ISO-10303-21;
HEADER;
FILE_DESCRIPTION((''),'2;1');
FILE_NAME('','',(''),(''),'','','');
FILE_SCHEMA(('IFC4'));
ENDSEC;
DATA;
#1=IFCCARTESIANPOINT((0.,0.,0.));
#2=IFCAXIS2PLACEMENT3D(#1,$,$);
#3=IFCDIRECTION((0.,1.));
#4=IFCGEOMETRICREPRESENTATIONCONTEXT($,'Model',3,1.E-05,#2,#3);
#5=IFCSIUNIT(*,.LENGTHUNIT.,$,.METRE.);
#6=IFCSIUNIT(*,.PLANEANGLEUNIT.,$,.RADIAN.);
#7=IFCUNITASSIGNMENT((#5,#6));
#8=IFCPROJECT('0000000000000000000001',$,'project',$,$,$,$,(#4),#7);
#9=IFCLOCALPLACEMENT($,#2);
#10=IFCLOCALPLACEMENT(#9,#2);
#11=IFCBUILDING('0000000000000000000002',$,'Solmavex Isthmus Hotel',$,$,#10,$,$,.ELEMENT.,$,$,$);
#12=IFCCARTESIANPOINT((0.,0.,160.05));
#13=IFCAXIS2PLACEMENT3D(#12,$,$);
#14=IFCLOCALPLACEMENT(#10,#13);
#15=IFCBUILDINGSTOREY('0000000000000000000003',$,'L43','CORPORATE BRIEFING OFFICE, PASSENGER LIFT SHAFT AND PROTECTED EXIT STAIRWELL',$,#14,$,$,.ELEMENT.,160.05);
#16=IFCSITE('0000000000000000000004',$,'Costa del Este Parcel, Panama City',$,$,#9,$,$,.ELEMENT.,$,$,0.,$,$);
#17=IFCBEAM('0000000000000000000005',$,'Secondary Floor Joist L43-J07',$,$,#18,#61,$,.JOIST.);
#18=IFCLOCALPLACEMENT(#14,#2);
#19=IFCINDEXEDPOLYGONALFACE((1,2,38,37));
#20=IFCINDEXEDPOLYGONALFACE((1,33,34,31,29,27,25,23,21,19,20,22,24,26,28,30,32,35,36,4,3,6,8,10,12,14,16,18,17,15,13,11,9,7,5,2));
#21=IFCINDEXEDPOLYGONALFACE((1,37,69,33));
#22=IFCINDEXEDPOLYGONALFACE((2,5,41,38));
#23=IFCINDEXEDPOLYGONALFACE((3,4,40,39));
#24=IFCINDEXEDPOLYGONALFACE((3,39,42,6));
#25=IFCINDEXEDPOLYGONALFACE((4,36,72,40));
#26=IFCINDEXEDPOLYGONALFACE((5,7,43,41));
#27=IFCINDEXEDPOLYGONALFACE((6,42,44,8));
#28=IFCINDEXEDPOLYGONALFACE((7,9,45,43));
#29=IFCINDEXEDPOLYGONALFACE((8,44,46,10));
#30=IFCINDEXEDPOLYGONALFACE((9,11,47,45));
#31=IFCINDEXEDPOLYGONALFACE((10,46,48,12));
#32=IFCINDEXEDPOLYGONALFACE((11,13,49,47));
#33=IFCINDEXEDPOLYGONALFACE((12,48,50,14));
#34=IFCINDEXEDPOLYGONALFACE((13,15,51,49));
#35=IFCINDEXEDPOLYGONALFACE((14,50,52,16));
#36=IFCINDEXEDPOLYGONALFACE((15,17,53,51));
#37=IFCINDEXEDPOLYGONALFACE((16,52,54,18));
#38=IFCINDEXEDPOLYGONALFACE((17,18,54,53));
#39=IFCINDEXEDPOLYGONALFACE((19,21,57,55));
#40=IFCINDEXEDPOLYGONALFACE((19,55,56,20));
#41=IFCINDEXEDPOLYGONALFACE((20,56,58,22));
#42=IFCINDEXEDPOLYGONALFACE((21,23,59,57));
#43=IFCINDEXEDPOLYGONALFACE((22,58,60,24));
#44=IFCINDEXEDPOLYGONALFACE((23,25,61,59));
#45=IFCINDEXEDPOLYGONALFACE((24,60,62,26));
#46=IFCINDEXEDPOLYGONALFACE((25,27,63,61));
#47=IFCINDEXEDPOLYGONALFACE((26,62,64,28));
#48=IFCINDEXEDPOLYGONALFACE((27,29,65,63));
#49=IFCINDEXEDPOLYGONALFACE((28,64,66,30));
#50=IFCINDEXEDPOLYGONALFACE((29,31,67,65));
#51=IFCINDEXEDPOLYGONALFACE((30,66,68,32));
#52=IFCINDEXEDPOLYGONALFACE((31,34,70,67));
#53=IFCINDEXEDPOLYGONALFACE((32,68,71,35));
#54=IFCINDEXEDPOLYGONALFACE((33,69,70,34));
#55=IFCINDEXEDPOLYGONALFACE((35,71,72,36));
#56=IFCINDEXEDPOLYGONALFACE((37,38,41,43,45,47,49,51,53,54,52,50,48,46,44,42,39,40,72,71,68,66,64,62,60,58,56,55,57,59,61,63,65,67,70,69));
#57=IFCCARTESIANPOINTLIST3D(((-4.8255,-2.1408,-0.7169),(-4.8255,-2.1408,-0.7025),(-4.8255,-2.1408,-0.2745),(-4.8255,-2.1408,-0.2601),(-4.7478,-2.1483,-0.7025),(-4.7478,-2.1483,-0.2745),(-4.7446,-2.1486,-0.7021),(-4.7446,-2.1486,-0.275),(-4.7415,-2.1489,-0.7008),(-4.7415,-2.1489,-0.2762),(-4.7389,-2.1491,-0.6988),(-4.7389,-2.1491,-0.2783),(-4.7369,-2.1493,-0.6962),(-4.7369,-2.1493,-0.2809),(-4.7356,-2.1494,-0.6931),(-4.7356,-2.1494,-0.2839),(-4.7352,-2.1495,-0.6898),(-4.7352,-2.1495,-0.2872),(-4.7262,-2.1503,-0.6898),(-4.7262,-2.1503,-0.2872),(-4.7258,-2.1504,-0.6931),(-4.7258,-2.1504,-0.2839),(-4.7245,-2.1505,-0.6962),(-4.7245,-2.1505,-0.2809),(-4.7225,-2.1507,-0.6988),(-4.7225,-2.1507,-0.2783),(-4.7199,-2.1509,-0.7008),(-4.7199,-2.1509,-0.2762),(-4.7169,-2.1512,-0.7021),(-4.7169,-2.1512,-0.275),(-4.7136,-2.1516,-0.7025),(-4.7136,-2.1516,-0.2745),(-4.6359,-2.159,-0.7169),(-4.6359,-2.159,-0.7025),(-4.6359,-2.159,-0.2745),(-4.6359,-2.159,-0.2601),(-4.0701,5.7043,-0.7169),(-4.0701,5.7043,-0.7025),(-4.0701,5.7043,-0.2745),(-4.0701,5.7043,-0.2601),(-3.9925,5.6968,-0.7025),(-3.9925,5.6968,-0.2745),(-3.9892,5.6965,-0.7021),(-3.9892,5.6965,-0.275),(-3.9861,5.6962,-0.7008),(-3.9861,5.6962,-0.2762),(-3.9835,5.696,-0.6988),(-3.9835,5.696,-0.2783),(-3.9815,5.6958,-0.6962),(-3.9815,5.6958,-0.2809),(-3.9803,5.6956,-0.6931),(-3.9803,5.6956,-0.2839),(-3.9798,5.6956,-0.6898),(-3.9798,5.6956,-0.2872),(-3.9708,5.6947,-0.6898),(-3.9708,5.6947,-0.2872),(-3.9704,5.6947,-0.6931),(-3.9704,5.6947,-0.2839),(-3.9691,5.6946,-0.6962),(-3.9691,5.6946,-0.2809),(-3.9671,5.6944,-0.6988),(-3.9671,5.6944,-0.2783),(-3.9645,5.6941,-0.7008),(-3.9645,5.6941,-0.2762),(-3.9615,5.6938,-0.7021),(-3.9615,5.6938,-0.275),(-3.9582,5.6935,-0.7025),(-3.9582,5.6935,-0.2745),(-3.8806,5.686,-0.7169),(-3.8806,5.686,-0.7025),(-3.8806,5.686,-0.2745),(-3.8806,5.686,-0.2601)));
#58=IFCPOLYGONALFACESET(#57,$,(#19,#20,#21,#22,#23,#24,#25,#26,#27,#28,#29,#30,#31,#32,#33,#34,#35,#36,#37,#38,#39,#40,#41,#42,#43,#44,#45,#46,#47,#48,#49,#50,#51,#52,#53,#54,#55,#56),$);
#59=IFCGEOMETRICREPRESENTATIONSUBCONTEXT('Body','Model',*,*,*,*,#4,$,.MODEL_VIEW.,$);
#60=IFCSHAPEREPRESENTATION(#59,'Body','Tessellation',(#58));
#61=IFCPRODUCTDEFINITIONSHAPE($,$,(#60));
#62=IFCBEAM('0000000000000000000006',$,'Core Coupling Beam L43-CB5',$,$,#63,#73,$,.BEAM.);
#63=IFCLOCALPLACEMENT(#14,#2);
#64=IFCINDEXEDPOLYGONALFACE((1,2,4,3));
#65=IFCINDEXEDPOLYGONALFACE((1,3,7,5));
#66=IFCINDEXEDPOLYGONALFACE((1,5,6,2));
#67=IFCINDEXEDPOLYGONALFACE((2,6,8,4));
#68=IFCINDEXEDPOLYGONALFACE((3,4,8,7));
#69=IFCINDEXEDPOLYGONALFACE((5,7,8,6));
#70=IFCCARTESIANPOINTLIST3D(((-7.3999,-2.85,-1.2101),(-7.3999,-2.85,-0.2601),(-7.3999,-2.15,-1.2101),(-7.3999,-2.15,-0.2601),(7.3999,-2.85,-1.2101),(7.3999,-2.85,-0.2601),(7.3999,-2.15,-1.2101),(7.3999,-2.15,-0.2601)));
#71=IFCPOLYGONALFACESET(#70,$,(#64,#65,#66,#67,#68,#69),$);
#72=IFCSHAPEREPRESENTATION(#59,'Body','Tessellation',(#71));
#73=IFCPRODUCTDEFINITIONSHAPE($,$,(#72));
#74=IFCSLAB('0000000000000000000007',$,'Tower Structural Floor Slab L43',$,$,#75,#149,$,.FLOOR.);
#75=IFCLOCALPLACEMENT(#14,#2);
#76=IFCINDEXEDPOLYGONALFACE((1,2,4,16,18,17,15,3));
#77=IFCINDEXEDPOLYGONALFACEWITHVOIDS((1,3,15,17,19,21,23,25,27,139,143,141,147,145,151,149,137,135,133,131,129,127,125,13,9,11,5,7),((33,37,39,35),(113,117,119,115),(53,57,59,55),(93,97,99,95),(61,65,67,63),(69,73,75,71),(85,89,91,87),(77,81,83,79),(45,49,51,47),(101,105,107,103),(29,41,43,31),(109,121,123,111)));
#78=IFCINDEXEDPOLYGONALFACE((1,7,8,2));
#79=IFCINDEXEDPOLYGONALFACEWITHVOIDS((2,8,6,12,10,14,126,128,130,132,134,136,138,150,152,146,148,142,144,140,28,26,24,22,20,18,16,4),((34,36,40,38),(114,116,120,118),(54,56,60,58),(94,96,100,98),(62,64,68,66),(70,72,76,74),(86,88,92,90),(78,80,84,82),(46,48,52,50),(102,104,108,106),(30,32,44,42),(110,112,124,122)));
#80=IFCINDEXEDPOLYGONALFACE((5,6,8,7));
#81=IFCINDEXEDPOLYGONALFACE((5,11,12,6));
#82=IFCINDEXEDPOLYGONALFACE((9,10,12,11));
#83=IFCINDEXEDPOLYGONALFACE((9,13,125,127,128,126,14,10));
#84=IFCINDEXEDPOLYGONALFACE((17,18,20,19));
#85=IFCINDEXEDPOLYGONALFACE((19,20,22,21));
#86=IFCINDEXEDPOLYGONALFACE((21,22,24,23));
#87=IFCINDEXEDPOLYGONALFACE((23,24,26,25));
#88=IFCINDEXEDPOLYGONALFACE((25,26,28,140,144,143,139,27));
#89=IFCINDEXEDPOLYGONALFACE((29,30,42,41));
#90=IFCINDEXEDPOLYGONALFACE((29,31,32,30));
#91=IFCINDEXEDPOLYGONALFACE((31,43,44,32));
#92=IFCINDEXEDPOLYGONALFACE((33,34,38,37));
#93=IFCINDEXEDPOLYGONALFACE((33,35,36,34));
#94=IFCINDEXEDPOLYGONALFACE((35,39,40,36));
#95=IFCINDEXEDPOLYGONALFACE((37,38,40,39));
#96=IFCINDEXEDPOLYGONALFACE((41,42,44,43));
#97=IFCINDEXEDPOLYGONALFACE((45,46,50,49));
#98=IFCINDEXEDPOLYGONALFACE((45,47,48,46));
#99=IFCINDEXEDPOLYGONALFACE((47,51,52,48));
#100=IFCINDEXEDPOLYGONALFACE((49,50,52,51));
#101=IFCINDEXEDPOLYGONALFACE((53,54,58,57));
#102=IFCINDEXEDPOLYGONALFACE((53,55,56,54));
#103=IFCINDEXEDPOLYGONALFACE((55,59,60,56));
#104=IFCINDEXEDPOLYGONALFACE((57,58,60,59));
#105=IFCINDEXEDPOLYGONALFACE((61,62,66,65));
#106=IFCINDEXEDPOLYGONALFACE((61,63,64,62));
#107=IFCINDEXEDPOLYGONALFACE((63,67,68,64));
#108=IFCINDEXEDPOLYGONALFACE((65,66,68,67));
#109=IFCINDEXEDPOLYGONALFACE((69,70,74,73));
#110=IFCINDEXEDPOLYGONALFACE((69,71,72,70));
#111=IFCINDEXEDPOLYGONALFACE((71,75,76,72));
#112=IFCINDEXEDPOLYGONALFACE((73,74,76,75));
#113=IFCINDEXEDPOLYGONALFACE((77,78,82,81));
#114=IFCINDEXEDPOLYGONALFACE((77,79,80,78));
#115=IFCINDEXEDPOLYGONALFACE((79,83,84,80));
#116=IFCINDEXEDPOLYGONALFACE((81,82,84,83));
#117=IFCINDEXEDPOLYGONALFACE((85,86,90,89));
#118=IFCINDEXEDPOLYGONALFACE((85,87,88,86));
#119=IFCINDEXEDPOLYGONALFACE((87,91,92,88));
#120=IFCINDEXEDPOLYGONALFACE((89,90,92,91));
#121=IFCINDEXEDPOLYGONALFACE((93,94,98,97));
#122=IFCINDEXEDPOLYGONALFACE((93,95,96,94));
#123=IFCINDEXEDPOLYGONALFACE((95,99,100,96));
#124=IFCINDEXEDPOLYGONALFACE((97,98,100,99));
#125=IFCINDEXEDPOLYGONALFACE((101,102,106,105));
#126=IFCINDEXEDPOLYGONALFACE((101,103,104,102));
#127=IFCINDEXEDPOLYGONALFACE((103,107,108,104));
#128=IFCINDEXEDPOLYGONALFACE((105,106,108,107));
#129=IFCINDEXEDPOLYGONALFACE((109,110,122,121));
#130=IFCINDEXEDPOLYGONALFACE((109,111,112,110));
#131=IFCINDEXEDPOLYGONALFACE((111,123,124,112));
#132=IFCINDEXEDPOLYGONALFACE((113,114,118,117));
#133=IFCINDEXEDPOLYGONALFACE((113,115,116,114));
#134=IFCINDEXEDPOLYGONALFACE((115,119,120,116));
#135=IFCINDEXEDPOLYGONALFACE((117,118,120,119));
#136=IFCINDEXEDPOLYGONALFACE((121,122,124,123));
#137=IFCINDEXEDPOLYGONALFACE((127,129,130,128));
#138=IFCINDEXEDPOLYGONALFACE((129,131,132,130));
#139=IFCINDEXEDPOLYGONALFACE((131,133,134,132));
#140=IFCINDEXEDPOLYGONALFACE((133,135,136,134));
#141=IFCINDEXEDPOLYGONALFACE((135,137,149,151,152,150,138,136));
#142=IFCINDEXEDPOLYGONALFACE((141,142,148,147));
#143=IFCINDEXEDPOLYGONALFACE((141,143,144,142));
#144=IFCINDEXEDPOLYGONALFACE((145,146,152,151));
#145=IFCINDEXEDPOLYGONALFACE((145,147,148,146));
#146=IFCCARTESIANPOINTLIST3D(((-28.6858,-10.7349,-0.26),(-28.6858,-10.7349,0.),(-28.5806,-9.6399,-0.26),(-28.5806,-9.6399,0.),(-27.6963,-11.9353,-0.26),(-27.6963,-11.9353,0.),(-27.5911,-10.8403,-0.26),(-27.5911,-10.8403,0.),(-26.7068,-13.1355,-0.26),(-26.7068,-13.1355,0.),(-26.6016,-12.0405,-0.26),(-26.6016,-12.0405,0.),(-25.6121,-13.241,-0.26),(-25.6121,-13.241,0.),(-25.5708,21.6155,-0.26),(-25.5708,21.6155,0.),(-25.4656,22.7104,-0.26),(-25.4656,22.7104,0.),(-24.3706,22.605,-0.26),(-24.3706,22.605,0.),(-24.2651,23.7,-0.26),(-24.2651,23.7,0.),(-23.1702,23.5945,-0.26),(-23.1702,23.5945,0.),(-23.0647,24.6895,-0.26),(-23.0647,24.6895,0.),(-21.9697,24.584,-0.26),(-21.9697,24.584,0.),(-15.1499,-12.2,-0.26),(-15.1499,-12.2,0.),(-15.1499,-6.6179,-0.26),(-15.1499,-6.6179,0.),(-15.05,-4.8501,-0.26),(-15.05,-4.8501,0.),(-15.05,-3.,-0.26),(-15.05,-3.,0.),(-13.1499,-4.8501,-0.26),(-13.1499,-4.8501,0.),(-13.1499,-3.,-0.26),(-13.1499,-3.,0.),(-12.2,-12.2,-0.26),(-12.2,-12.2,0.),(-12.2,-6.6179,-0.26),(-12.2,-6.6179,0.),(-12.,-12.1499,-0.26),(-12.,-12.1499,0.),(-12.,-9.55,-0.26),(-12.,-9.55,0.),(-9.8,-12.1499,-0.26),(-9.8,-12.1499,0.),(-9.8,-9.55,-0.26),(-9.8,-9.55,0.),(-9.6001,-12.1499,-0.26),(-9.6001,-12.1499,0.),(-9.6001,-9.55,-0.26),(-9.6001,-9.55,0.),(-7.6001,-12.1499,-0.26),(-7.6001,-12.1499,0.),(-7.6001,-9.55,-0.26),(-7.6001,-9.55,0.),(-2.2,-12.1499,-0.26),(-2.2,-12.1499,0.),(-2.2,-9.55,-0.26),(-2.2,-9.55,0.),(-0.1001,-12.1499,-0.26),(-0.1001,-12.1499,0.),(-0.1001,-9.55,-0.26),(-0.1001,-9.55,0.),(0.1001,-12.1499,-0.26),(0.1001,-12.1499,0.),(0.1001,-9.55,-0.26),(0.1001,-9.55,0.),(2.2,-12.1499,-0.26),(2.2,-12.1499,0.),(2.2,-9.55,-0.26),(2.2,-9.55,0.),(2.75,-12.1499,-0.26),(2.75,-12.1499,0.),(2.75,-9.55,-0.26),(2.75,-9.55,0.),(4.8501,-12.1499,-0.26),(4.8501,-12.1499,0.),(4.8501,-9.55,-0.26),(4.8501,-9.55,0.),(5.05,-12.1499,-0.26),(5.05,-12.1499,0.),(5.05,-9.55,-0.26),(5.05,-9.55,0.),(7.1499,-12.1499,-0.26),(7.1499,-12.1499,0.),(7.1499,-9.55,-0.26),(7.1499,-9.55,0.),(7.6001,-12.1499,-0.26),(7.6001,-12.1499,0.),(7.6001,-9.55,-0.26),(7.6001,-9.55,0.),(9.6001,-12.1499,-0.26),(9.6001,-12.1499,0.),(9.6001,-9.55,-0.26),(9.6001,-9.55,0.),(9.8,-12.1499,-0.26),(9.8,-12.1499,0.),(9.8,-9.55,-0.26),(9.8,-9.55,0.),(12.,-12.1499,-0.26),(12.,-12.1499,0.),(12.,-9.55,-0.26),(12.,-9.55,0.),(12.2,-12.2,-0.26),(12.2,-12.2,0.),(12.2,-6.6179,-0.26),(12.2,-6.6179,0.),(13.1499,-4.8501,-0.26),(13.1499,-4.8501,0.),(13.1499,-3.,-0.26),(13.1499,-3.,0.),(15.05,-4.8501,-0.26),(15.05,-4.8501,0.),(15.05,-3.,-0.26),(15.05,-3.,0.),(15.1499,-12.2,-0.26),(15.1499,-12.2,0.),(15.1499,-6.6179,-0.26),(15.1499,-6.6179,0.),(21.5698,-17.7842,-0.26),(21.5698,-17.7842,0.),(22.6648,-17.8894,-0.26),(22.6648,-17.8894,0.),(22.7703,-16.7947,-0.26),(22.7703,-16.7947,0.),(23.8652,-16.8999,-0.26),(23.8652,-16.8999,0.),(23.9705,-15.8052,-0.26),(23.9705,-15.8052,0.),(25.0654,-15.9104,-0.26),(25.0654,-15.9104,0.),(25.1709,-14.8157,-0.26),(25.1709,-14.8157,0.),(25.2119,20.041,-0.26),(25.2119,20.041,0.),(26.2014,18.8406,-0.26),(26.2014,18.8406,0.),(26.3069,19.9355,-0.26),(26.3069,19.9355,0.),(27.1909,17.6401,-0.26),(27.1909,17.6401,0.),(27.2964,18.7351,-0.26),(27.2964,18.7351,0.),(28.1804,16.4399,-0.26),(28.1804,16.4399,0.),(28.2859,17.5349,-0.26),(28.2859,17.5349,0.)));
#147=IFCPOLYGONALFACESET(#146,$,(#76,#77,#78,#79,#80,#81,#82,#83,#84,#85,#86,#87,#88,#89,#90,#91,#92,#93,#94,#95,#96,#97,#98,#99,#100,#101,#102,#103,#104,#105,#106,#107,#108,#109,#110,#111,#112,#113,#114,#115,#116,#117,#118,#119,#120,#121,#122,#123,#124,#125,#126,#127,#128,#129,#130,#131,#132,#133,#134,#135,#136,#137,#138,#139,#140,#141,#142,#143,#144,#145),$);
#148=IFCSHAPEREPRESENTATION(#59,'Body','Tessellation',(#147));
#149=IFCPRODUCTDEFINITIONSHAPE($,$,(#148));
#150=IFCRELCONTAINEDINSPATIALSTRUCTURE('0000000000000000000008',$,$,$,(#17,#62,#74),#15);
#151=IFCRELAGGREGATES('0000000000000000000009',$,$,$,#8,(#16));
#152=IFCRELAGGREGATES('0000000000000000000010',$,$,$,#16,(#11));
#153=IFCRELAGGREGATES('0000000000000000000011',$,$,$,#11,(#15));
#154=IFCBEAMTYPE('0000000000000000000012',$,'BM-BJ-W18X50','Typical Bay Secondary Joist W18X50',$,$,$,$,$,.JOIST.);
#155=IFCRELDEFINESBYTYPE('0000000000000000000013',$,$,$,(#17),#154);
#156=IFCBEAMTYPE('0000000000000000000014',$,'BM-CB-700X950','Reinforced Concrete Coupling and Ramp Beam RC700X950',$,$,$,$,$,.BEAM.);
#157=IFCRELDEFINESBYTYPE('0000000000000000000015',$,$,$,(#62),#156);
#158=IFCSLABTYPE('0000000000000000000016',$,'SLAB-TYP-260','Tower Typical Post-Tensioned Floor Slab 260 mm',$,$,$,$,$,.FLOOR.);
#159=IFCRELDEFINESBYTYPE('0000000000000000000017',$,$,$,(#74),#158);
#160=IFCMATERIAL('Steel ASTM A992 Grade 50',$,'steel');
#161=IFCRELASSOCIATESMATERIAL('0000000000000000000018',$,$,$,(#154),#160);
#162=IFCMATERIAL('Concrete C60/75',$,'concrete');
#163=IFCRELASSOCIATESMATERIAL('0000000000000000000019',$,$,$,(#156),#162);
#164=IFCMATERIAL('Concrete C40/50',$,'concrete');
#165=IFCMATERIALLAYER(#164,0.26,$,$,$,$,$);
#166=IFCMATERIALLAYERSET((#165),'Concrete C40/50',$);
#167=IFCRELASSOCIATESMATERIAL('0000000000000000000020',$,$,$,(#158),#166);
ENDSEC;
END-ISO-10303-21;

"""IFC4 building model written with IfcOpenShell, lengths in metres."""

from ifc_helpers import new_model, si_unit, direction, frame, origin, origin_2d, place, context, subcontext, project, spatial, polyline, rectangle, i_section, outline, extrude, material, layer, layer_set, material_profile, profile_set, type_object, element, save


model = new_model("IFC4")

# Units and contexts
model_context = context("Model", 3, precision=1e-05, world=origin(), true_north=direction((0.0, 1.0)))
body_context = subcontext(model_context, "Body", "Model", "MODEL_VIEW")
ifc_project = project(units=[si_unit("LENGTHUNIT", "METRE"), si_unit("PLANEANGLEUNIT", "RADIAN")], contexts=[model_context])

# Site, building, storey
site_placement = place(None, origin())
site = spatial("IfcSite", under=ifc_project, at=site_placement, Name="Costa del Este Parcel, Panama City", CompositionType="ELEMENT", RefElevation=0.0)
building_placement = place(site_placement, origin())
building = spatial("IfcBuilding", under=site, at=building_placement, Name="Solmavex Isthmus Hotel", CompositionType="ELEMENT")
storey_placement = place(building_placement, frame((0.0, 0.0, 160.05)))
storey = spatial("IfcBuildingStorey", under=building, at=storey_placement, Name="L43", Description="CORPORATE BRIEFING OFFICE, PASSENGER LIFT SHAFT AND PROTECTED EXIT STAIRWELL", CompositionType="ELEMENT", Elevation=160.05)

# Shared definitions
ifc_material_1 = material(Name="Concrete C60/75", Category="concrete")

# Beams
ifc_material_2 = material(Name="Steel ASTM A992 Grade 50", Category="steel")
ifc_material_profile_1 = material_profile(ifc_material_2, i_section(OverallWidth=0.1904, OverallDepth=0.4568, WebThickness=0.009, FlangeThickness=0.0144, FilletRadius=0.0127, at=origin_2d()), Name="W18X50")
ifc_profile_set_1 = profile_set([ifc_material_profile_1], Name="Steel ASTM A992 Grade 50")
beam_type_1 = type_object("IfcBeamType", Name="BM-BJ-W18X50", Description="Typical Bay Secondary Joist W18X50", PredefinedType="JOIST", material=ifc_profile_set_1)
beam_1_placement = place(storey_placement, frame((-4.7307, -2.1499, -0.4885), z_axis=(0.095844, 0.995396, 0.0), x_axis=(-0.995396, 0.095844, 0.0)))
element("IfcBeam", 1, at=beam_1_placement, inside=storey, type_object=beam_type_1, Name="Secondary Floor Joist L43-J07", PredefinedType="JOIST", context=body_context, shape_type="SweptSolid", body=[
    extrude(i_section(OverallWidth=0.1904, OverallDepth=0.4568, WebThickness=0.009, FlangeThickness=0.0144, FilletRadius=0.0127, at=origin_2d()), origin(), (0.0, 0.0, 1.0), 7.8813),
])
ifc_material_profile_2 = material_profile(ifc_material_1, rectangle(XDim=0.7, YDim=0.95, at=origin_2d()), Name="RC700X950")
ifc_profile_set_2 = profile_set([ifc_material_profile_2], Name="Concrete C60/75")
beam_type_2 = type_object("IfcBeamType", Name="BM-CB-700X950", Description="Reinforced Concrete Coupling and Ramp Beam RC700X950", PredefinedType="BEAM", material=ifc_profile_set_2)
beam_2_placement = place(storey_placement, frame((-7.3999, -2.5, -0.7351), z_axis=(1.0, 0.0, 0.0), x_axis=(0.0, 1.0, 0.0)))
element("IfcBeam", 2, at=beam_2_placement, inside=storey, type_object=beam_type_2, Name="Core Coupling Beam L43-CB5", PredefinedType="BEAM", context=body_context, shape_type="SweptSolid", body=[
    extrude(rectangle(XDim=0.7, YDim=0.95, at=origin_2d()), origin(), (0.0, 0.0, 1.0), 14.7998),
])

# Slab
ifc_material_3 = material(Name="Concrete C40/50", Category="concrete")
ifc_layer_1 = layer(ifc_material_3, 0.26)
ifc_layer_set_1 = layer_set([ifc_layer_1], Name="Concrete C40/50")
slab_type = type_object("IfcSlabType", Name="SLAB-TYP-260", Description="Tower Typical Post-Tensioned Floor Slab 260 mm", PredefinedType="FLOOR", material=ifc_layer_set_1)
slab_placement = place(storey_placement, frame((0.0, 0.0, -0.26)))
element("IfcSlab", 3, at=slab_placement, inside=storey, type_object=slab_type, Name="Tower Structural Floor Slab L43", PredefinedType="FLOOR", context=body_context, shape_type="SweptSolid", body=[
    extrude(outline(polyline([(-25.6121, -13.241), (21.5698, -17.7842), (22.6648, -17.8894), (22.7703, -16.7947), (23.8652, -16.8999), (23.9705, -15.8052), (25.0654, -15.9104), (25.1709, -14.8157), (28.1804, 16.4399), (28.2859, 17.5349), (27.1909, 17.6401), (27.2964, 18.7351), (26.2014, 18.8406), (26.3069, 19.9355), (25.2119, 20.041), (-21.9697, 24.584), (-23.0647, 24.6895), (-23.1702, 23.5945), (-24.2651, 23.7), (-24.3706, 22.605), (-25.4656, 22.7104), (-25.5708, 21.6155), (-28.5806, -9.6399), (-28.6858, -10.7349), (-27.5911, -10.8403), (-27.6963, -11.9353), (-26.6016, -12.0405), (-26.7068, -13.1355), (-25.6121, -13.241)]), holes=[polyline([(-15.1499, -6.6179), (-15.1499, -12.2), (-12.2, -12.2), (-12.2, -6.6179), (-15.1499, -6.6179)]), polyline([(12.2, -6.6179), (12.2, -12.2), (15.1499, -12.2), (15.1499, -6.6179), (12.2, -6.6179)]), polyline([(-12.0, -12.1499), (-9.8, -12.1499), (-9.8, -9.55), (-12.0, -9.55), (-12.0, -12.1499)]), polyline([(9.8, -12.1499), (12.0, -12.1499), (12.0, -9.55), (9.8, -9.55), (9.8, -12.1499)]), polyline([(-9.6001, -12.1499), (-7.6001, -12.1499), (-7.6001, -9.55), (-9.6001, -9.55), (-9.6001, -12.1499)]), polyline([(7.6001, -12.1499), (9.6001, -12.1499), (9.6001, -9.55), (7.6001, -9.55), (7.6001, -12.1499)]), polyline([(-2.2, -12.1499), (-0.1001, -12.1499), (-0.1001, -9.55), (-2.2, -9.55), (-2.2, -12.1499)]), polyline([(0.1001, -12.1499), (2.2, -12.1499), (2.2, -9.55), (0.1001, -9.55), (0.1001, -12.1499)]), polyline([(2.75, -12.1499), (4.8501, -12.1499), (4.8501, -9.55), (2.75, -9.55), (2.75, -12.1499)]), polyline([(5.05, -12.1499), (7.1499, -12.1499), (7.1499, -9.55), (5.05, -9.55), (5.05, -12.1499)]), polyline([(-15.05, -4.8501), (-13.1499, -4.8501), (-13.1499, -3.0), (-15.05, -3.0), (-15.05, -4.8501)]), polyline([(13.1499, -4.8501), (15.05, -4.8501), (15.05, -3.0), (13.1499, -3.0), (13.1499, -4.8501)])]), origin(), (0.0, 0.0, 1.0), 0.26),
])

save(model, "model.ifc")
